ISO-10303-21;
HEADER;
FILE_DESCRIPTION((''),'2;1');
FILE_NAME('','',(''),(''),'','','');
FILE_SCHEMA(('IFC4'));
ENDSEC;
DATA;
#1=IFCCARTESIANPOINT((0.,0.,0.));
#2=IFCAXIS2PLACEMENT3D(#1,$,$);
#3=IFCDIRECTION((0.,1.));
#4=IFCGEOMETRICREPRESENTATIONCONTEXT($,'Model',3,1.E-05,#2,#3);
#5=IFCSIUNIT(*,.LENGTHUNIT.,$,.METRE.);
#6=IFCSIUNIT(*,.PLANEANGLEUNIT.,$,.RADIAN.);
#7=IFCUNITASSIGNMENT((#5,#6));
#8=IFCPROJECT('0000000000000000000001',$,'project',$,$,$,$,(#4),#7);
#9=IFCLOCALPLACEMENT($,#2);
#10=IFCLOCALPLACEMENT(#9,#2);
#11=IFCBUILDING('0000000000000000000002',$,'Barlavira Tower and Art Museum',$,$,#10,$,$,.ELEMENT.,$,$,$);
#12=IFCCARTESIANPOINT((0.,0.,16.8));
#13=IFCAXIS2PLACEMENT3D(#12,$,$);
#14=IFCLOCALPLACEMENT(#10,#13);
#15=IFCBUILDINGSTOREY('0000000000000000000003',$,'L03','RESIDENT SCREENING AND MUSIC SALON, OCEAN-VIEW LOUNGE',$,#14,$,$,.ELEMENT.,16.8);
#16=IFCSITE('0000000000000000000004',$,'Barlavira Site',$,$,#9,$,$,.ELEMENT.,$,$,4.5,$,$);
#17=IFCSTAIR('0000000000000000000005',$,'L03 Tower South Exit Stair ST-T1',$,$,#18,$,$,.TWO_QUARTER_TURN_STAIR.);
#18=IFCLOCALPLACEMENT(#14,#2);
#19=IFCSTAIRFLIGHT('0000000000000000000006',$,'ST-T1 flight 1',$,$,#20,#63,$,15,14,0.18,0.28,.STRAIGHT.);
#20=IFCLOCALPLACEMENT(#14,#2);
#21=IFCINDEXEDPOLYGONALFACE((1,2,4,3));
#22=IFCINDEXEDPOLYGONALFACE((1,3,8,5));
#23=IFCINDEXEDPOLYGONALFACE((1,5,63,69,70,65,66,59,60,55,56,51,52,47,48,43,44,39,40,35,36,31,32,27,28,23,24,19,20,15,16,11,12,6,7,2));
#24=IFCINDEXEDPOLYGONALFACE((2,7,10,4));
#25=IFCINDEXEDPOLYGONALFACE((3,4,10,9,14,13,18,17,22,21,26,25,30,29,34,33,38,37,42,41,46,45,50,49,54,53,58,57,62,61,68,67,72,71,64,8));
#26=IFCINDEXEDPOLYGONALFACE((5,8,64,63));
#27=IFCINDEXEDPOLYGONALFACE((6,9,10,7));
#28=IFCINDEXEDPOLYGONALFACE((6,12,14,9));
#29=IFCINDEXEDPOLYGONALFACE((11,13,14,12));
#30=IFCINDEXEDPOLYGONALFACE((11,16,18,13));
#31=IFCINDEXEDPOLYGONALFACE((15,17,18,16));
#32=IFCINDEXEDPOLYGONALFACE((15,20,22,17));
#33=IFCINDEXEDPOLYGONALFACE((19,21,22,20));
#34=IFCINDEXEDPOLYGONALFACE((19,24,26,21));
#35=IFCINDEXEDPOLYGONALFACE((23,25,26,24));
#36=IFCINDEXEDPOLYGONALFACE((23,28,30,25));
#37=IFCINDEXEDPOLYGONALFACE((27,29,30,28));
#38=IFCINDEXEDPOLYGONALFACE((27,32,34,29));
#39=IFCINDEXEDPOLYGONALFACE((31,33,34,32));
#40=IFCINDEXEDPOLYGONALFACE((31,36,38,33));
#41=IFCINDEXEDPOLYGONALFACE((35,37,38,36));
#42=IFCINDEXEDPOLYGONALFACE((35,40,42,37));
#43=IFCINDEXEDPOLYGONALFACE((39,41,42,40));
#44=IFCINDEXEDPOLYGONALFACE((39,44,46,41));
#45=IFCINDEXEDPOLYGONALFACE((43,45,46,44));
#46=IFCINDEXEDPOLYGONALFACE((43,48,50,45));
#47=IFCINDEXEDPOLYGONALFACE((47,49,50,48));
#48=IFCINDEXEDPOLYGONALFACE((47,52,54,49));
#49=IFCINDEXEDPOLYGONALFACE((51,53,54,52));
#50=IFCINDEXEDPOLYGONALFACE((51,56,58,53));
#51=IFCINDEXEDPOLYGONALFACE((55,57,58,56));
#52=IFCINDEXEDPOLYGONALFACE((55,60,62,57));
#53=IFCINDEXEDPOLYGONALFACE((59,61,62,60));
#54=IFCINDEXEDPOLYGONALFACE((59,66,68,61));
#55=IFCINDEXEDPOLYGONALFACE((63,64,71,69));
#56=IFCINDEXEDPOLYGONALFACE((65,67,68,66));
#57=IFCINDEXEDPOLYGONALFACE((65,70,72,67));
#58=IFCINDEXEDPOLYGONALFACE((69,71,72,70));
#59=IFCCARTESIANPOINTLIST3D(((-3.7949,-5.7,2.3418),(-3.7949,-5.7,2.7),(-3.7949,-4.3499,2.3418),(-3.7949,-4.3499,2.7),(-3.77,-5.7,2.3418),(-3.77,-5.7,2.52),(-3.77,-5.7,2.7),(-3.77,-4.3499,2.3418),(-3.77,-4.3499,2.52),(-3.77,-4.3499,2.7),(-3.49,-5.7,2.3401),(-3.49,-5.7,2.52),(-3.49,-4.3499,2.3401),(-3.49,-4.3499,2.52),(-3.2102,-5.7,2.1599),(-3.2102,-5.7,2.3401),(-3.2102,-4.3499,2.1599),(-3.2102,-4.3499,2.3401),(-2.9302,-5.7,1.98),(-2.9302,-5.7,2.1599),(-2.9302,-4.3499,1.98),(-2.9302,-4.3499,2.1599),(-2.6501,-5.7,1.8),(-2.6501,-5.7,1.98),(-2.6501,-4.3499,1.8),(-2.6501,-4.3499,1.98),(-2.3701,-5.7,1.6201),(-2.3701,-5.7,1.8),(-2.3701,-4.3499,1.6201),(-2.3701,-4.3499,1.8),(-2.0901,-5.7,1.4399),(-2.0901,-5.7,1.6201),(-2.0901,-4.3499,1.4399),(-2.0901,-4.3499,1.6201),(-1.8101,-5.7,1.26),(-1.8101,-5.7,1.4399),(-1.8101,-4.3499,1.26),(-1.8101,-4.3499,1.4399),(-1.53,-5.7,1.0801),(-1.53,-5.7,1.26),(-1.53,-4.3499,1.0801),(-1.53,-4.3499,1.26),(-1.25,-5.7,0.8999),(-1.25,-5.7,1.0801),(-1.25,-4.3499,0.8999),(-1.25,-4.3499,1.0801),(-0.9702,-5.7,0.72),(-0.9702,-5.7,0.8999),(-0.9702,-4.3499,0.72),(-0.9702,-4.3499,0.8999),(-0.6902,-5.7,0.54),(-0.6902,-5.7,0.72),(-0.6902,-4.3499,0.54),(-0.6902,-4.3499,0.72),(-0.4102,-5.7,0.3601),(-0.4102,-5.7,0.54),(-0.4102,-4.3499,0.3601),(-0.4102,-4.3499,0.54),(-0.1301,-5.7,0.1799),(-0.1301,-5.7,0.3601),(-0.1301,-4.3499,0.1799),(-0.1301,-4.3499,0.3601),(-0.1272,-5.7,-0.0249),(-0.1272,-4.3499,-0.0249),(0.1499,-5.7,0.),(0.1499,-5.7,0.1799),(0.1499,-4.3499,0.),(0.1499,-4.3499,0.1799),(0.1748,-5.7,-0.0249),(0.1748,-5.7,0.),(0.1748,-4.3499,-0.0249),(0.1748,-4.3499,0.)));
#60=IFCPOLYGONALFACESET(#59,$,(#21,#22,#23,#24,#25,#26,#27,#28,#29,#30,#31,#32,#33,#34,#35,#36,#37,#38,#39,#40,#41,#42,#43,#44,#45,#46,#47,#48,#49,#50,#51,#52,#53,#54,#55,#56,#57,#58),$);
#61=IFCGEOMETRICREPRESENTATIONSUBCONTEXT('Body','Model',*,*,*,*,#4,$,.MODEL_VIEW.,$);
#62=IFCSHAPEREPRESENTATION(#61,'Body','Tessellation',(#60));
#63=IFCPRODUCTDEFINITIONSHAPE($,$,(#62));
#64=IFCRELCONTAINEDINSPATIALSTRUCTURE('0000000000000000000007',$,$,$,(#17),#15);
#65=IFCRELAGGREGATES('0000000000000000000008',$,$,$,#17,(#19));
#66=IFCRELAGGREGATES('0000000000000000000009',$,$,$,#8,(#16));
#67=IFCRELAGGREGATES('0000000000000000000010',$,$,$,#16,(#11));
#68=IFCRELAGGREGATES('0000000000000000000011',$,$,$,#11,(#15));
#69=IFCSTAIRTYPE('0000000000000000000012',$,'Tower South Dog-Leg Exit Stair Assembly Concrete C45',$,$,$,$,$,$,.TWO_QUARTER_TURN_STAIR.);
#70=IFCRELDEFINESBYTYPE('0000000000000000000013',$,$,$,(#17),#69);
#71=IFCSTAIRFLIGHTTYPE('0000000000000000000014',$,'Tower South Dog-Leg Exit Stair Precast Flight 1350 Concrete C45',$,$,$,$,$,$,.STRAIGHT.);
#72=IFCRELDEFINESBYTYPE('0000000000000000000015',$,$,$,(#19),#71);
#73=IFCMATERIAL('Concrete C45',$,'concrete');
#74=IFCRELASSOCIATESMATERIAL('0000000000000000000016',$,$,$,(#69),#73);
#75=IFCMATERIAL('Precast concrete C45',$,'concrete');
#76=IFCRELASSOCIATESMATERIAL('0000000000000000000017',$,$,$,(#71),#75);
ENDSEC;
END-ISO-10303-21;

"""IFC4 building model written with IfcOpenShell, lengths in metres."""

from ifc_helpers import new_model, si_unit, direction, frame, origin, place, context, subcontext, project, spatial, polyline, outline, extrude, material, type_object, element, aggregate, save


model = new_model("IFC4")

# Units and contexts
model_context = context("Model", 3, precision=1e-05, world=origin(), true_north=direction((0.0, 1.0)))
body_context = subcontext(model_context, "Body", "Model", "MODEL_VIEW")
ifc_project = project(units=[si_unit("LENGTHUNIT", "METRE"), si_unit("PLANEANGLEUNIT", "RADIAN")], contexts=[model_context])

# Site, building, storey
site_placement = place(None, origin())
site = spatial("IfcSite", under=ifc_project, at=site_placement, Name="Barlavira Site", CompositionType="ELEMENT", RefElevation=4.5)
building_placement = place(site_placement, origin())
building = spatial("IfcBuilding", under=site, at=building_placement, Name="Barlavira Tower and Art Museum", CompositionType="ELEMENT")
storey_placement = place(building_placement, frame((0.0, 0.0, 16.8)))
storey = spatial("IfcBuildingStorey", under=building, at=storey_placement, Name="L03", Description="RESIDENT SCREENING AND MUSIC SALON, OCEAN-VIEW LOUNGE", CompositionType="ELEMENT", Elevation=16.8)

# Stair, stair flight
ifc_material_1 = material(Name="Concrete C45", Category="concrete")
stair_type = type_object("IfcStairType", Name="Tower South Dog-Leg Exit Stair Assembly Concrete C45", PredefinedType="TWO_QUARTER_TURN_STAIR", material=ifc_material_1)
stair_placement = place(storey_placement, origin())
stair = element("IfcStair", 1, at=stair_placement, inside=storey, type_object=stair_type, Name="L03 Tower South Exit Stair ST-T1", PredefinedType="TWO_QUARTER_TURN_STAIR")
ifc_material_2 = material(Name="Precast concrete C45", Category="concrete")
stair_flight_type = type_object("IfcStairFlightType", Name="Tower South Dog-Leg Exit Stair Precast Flight 1350 Concrete C45", PredefinedType="STRAIGHT", material=ifc_material_2)
stair_flight_placement = place(storey_placement, frame((0.1499, -5.0249, 0.0), z_axis=(0.0, 0.0, 1.0), x_axis=(-1.0, 0.0, 0.0)))
stair_flight = element("IfcStairFlight", 2, at=stair_flight_placement, type_object=stair_flight_type, Name="ST-T1 flight 1", NumberOfRisers=15, NumberOfTreads=14, PredefinedType="STRAIGHT", RiserHeight=0.18, TreadLength=0.28, context=body_context, shape_type="SweptSolid", body=[
    extrude(outline(polyline([(-0.0249, 0.0), (0.0, 0.0), (0.0, 0.1799), (0.28, 0.1799), (0.28, 0.3601), (0.5601, 0.3601), (0.5601, 0.54), (0.8401, 0.54), (0.8401, 0.72), (1.1201, 0.72), (1.1201, 0.8999), (1.3999, 0.8999), (1.3999, 1.0801), (1.6799, 1.0801), (1.6799, 1.26), (1.96, 1.26), (1.96, 1.4399), (2.24, 1.4399), (2.24, 1.6201), (2.52, 1.6201), (2.52, 1.8), (2.8, 1.8), (2.8, 1.98), (3.0801, 1.98), (3.0801, 2.1599), (3.3601, 2.1599), (3.3601, 2.3401), (3.6399, 2.3401), (3.6399, 2.52), (3.9199, 2.52), (3.9199, 2.7), (3.9448, 2.7), (3.9448, 2.3418), (3.9199, 2.3418), (0.2771, -0.0249), (-0.0249, -0.0249), (-0.0249, 0.0)])), frame((0.0, 0.675, 0.0), z_axis=(0.0, -1.0, 0.0), x_axis=(1.0, 0.0, 0.0)), (0.0, 0.0, 1.0), 1.3501),
])
aggregate(stair, [stair_flight])

save(model, "model.ifc")
